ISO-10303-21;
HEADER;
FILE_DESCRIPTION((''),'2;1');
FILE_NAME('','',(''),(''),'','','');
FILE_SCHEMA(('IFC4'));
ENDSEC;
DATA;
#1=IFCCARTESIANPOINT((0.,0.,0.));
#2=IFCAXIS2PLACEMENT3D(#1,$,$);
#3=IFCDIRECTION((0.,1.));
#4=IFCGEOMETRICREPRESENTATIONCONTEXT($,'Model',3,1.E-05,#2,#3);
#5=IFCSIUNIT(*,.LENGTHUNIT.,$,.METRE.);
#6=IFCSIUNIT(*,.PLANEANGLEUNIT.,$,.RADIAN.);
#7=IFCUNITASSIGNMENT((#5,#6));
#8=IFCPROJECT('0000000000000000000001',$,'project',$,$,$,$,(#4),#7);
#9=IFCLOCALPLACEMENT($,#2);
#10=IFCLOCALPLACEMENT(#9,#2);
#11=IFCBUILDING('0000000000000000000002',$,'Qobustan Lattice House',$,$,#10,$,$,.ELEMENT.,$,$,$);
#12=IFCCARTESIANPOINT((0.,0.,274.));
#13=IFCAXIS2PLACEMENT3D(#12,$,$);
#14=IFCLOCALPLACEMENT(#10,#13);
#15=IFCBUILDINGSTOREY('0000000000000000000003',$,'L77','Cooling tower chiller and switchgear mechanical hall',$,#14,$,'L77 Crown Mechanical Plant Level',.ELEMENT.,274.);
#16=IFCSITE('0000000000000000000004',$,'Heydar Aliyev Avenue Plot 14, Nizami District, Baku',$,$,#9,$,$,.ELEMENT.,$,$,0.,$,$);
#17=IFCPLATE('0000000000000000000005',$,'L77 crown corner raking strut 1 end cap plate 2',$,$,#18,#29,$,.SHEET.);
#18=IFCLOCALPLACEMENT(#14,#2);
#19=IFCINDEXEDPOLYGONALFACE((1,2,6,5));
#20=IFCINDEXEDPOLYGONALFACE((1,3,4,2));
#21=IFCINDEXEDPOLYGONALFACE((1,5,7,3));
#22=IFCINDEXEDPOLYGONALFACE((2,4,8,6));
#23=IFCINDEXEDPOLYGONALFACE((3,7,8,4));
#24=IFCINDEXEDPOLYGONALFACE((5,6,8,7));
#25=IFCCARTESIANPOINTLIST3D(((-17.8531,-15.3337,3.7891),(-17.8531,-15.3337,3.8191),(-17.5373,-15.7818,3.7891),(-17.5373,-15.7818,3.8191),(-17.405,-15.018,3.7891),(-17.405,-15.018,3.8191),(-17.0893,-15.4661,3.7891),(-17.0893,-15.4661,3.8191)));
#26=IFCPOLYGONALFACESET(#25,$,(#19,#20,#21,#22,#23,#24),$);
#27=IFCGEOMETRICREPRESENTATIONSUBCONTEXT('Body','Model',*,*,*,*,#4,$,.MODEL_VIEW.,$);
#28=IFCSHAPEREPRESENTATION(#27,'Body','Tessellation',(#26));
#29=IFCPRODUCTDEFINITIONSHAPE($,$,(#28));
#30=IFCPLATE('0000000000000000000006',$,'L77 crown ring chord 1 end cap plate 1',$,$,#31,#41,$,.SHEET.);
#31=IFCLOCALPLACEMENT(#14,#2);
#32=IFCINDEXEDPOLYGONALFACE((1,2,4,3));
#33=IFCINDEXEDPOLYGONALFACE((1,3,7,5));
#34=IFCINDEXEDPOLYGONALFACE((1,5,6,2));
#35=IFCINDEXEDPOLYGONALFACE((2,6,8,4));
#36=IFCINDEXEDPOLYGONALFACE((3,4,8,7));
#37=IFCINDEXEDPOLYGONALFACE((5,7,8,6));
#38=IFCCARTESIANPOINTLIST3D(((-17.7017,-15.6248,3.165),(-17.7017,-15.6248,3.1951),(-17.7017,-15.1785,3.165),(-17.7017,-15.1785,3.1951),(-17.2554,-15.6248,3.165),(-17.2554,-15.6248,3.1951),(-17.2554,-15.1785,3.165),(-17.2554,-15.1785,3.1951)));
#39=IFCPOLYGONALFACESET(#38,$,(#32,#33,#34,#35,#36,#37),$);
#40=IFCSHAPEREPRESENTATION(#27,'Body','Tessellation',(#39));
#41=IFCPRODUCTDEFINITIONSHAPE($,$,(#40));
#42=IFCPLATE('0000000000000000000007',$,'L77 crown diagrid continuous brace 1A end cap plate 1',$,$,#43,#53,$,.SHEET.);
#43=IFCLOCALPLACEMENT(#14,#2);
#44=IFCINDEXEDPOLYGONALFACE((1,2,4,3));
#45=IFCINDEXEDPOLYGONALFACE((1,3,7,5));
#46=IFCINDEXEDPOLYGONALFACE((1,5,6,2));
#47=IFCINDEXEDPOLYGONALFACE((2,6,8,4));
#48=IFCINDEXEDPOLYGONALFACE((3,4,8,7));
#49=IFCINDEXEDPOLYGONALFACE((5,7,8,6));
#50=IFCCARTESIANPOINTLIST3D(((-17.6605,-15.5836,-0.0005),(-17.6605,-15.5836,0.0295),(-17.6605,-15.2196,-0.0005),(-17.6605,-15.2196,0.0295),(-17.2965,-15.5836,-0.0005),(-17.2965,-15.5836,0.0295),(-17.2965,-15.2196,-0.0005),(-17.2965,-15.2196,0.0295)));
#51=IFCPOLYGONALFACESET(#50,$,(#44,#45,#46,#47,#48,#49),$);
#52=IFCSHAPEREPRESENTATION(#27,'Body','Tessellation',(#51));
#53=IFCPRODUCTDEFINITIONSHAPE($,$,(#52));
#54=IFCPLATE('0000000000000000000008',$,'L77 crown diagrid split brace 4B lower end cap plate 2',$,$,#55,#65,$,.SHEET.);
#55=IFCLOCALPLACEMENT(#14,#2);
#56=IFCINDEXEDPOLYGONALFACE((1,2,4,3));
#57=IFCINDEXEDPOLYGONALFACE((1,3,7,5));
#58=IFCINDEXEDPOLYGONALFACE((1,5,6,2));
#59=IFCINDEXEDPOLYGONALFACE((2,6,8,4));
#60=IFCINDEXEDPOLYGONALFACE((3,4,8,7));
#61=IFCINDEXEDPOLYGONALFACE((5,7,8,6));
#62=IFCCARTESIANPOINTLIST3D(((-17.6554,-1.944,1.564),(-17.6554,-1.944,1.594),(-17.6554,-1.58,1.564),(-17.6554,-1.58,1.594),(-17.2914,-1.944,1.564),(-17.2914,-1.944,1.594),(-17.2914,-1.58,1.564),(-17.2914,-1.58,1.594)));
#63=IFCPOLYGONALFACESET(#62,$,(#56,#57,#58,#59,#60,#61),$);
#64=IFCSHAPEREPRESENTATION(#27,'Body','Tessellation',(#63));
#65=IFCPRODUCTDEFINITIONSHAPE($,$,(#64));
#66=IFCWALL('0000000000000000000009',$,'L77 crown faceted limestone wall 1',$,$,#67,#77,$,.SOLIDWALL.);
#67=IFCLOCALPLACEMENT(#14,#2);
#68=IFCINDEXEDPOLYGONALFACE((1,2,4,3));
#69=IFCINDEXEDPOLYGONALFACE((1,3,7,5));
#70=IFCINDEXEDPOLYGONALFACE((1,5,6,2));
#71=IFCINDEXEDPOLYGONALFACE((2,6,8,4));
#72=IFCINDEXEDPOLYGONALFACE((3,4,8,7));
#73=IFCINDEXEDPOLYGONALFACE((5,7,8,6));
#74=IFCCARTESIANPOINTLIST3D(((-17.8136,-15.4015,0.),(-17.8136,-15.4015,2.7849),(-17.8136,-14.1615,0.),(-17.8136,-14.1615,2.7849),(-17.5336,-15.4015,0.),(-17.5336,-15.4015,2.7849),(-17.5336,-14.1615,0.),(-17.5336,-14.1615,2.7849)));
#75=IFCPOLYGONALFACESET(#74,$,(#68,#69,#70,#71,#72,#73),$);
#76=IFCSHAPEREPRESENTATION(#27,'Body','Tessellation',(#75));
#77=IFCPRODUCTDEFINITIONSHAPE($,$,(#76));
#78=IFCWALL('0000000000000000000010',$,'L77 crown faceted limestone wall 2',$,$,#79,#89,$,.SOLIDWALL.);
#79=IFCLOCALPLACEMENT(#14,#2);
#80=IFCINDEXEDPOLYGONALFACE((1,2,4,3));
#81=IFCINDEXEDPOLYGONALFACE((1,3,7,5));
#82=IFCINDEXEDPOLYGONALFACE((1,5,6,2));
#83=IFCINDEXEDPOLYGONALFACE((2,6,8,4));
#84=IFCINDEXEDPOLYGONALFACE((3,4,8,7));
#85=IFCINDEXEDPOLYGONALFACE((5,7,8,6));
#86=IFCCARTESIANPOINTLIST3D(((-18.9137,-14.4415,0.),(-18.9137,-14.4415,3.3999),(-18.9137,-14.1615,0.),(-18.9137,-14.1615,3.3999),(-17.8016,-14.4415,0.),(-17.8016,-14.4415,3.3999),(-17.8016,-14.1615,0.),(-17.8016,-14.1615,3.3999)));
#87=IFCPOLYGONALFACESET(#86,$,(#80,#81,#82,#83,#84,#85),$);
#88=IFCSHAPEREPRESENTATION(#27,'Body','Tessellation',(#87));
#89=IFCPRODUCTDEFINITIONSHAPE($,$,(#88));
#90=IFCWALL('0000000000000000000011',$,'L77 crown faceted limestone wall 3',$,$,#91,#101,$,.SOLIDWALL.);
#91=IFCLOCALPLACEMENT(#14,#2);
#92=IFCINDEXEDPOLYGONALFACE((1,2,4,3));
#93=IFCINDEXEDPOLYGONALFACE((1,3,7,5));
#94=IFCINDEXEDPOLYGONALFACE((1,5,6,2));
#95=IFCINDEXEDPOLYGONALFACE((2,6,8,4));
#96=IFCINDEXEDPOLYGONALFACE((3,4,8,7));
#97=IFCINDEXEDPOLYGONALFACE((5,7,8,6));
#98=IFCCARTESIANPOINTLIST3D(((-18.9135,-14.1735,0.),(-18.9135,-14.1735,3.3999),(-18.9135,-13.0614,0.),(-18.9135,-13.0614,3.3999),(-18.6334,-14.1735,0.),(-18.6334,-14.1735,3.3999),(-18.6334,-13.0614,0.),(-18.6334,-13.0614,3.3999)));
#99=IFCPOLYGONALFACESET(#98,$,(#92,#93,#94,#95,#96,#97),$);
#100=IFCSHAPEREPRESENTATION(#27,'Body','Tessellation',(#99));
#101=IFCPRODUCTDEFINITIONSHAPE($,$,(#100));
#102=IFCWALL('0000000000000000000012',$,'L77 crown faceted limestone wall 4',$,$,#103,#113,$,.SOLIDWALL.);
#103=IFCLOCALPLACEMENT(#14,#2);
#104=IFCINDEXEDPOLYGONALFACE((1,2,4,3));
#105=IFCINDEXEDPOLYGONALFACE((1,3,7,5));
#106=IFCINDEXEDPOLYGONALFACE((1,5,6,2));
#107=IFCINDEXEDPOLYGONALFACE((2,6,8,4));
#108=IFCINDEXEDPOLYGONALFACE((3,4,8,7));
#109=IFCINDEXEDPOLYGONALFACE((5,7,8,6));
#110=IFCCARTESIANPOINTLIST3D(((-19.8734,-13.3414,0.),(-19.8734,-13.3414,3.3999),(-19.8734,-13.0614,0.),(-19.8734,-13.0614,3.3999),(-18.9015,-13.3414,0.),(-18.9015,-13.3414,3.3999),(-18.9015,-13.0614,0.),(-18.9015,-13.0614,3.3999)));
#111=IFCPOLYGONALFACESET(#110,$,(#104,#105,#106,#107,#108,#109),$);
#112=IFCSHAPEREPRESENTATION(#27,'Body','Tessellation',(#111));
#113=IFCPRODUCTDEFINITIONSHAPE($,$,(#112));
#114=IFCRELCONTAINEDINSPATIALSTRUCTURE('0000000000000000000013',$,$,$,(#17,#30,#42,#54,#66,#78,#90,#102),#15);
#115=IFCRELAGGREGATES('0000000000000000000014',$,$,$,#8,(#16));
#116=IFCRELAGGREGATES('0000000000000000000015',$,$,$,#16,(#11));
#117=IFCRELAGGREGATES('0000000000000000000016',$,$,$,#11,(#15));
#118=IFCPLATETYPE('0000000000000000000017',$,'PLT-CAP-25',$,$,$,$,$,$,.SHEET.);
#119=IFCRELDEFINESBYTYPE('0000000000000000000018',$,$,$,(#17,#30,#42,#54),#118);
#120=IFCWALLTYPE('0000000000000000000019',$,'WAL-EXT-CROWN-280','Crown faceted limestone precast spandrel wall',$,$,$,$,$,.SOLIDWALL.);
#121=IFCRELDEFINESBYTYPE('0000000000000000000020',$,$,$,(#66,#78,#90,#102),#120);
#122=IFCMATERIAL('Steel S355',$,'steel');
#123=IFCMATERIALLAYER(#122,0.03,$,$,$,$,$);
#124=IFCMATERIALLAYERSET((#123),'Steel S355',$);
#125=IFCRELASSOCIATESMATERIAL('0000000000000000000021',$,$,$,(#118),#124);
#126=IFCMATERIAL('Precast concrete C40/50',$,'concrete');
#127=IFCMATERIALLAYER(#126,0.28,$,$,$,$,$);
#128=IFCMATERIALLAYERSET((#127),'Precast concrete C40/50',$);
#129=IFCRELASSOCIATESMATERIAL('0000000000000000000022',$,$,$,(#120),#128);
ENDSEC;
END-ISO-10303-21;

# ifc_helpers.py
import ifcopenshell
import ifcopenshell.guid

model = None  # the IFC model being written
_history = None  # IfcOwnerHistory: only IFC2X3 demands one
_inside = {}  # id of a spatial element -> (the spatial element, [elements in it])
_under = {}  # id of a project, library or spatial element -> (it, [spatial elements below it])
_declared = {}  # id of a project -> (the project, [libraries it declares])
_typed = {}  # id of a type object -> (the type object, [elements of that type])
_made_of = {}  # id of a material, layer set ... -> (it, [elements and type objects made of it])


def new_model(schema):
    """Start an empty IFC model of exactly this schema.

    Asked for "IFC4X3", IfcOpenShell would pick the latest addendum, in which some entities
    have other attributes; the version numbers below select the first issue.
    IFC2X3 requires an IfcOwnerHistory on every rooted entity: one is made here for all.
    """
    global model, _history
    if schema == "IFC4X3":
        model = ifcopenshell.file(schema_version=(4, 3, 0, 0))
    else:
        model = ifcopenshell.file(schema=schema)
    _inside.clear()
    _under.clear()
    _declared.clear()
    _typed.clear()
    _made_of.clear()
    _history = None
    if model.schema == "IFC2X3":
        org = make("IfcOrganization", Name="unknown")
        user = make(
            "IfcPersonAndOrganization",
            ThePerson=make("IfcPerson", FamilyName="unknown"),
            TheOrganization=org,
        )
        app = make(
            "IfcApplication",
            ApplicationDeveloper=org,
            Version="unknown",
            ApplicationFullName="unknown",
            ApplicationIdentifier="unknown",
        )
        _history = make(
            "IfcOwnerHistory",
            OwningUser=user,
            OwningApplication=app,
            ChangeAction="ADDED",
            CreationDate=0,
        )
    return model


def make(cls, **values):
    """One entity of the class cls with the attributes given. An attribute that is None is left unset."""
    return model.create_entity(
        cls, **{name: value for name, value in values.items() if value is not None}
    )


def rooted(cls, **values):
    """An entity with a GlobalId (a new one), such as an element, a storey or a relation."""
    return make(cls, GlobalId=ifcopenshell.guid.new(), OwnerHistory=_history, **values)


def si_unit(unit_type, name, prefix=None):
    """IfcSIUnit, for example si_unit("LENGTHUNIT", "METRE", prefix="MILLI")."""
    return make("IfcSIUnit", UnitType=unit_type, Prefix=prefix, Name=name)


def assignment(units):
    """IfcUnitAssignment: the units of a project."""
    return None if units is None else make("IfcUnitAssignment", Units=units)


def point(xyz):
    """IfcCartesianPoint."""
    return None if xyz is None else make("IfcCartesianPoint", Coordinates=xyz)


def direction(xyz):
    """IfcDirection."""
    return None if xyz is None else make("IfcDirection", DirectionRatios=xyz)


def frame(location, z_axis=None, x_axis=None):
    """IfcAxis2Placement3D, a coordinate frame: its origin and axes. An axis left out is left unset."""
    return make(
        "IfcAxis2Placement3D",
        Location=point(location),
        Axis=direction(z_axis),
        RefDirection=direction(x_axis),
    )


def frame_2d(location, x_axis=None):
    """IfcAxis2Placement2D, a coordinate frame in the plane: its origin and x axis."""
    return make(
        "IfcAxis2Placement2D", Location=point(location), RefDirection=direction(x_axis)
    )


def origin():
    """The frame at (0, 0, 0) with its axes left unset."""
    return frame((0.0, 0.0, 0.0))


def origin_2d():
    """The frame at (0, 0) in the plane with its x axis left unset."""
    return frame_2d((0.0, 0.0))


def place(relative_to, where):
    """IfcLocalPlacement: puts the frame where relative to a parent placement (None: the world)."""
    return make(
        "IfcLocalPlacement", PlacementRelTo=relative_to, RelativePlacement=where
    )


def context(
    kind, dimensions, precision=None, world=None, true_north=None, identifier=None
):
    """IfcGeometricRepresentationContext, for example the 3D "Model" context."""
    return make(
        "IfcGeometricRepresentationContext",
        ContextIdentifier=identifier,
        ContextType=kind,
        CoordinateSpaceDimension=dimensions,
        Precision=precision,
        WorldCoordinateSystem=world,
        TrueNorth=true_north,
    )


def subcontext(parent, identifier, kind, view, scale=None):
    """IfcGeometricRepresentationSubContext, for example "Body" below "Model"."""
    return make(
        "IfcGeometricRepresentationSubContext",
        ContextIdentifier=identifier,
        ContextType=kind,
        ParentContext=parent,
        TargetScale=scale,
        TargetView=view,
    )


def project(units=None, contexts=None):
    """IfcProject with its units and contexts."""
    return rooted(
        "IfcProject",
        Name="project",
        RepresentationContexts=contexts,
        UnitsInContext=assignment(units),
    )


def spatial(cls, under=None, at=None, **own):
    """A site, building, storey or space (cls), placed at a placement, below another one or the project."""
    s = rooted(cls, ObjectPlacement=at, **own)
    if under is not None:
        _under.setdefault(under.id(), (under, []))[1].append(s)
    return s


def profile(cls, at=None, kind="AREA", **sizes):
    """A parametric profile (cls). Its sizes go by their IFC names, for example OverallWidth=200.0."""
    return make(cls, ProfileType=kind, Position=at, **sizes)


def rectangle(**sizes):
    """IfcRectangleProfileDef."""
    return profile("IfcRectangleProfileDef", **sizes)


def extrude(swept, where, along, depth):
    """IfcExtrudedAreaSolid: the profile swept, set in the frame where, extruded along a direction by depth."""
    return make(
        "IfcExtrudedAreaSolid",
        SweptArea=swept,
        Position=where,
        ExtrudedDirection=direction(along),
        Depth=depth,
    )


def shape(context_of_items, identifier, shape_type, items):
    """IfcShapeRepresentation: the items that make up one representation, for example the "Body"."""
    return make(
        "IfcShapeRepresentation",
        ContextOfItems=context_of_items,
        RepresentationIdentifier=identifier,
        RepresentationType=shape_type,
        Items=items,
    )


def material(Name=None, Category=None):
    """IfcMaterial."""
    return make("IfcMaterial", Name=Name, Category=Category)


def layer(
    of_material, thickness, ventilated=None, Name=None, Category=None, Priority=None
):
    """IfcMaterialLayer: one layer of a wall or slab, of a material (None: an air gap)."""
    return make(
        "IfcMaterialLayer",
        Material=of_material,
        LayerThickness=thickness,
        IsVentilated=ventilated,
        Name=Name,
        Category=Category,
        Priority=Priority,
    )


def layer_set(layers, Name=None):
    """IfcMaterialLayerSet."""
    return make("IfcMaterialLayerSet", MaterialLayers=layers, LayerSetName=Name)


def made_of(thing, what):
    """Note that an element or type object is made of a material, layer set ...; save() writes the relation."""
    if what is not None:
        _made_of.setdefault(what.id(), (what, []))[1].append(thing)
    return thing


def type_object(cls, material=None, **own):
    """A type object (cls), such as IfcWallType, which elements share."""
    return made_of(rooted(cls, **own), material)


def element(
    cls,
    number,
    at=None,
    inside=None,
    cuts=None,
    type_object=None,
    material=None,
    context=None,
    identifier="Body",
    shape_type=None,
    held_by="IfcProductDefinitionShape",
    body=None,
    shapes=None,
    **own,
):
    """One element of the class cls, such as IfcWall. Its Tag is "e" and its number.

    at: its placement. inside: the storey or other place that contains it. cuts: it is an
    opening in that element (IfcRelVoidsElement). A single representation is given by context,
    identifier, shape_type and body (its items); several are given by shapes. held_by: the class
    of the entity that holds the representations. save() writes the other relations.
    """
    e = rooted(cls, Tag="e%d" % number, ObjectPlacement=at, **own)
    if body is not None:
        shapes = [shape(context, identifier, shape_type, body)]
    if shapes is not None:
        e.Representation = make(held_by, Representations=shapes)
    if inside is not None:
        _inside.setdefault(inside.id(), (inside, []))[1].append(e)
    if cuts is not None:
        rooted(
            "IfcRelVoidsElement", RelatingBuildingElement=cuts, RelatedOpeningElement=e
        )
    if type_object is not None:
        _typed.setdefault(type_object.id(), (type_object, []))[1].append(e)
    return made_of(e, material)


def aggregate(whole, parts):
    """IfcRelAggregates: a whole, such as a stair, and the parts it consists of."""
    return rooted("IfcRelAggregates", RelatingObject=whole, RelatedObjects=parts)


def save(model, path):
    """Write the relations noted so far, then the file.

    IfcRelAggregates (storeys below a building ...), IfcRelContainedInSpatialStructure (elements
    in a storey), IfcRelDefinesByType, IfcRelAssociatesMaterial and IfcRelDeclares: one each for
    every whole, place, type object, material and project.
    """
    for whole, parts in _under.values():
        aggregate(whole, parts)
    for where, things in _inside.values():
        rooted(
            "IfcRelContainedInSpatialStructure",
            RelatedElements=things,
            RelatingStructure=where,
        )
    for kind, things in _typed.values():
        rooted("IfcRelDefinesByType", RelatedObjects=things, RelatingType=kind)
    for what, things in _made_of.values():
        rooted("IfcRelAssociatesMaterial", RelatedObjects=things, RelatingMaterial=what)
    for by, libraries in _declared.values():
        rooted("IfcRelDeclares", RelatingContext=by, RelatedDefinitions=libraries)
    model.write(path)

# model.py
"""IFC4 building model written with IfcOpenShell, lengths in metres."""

from ifc_helpers import new_model, si_unit, direction, frame, frame_2d, origin, origin_2d, place, context, subcontext, project, spatial, rectangle, extrude, material, layer, layer_set, type_object, element, save


model = new_model("IFC4")

# Units and contexts
model_context = context("Model", 3, precision=1e-05, world=origin(), true_north=direction((0.0, 1.0)))
body_context = subcontext(model_context, "Body", "Model", "MODEL_VIEW")
ifc_project = project(units=[si_unit("LENGTHUNIT", "METRE"), si_unit("PLANEANGLEUNIT", "RADIAN")], contexts=[model_context])

# Site, building, storey
site_placement = place(None, origin())
site = spatial("IfcSite", under=ifc_project, at=site_placement, Name="Heydar Aliyev Avenue Plot 14, Nizami District, Baku", CompositionType="ELEMENT", RefElevation=0.0)
building_placement = place(site_placement, origin())
building = spatial("IfcBuilding", under=site, at=building_placement, Name="Qobustan Lattice House", CompositionType="ELEMENT")
storey_placement = place(building_placement, frame((0.0, 0.0, 274.0)))
storey = spatial("IfcBuildingStorey", under=building, at=storey_placement, Name="L77", Description="Cooling tower chiller and switchgear mechanical hall", LongName="L77 Crown Mechanical Plant Level", CompositionType="ELEMENT", Elevation=274.0)

# Plates
ifc_material_1 = material(Name="Steel S355", Category="steel")
ifc_layer_1 = layer(ifc_material_1, 0.03)
ifc_layer_set_1 = layer_set([ifc_layer_1], Name="Steel S355")
plate_type_1 = type_object("IfcPlateType", Name="PLT-CAP-25", PredefinedType="SHEET", material=ifc_layer_set_1)
for number, where, z_axis, x_axis, name in (
    (1, (-17.4712, -15.3999, 3.7891), (0.0, 0.0, 1.0), (0.817426, 0.576033, 0.0), "L77 crown corner raking strut 1 end cap plate 2"),
):
    element("IfcPlate", number, at=place(storey_placement, frame(where, z_axis=z_axis, x_axis=x_axis)), inside=storey, type_object=plate_type_1, Name=name, PredefinedType="SHEET", context=body_context, shape_type="SweptSolid", body=[
        extrude(rectangle(XDim=0.5481, YDim=0.5481, at=origin_2d()), origin(), (0.0, 0.0, 1.0), 0.03),
    ])
plate_1_placement = place(storey_placement, frame((-17.4785, -15.4016, 3.165), z_axis=(0.0, 0.0, 1.0), x_axis=(1.0, 0.0, 0.0)))
element("IfcPlate", 2, at=plate_1_placement, inside=storey, type_object=plate_type_1, Name="L77 crown ring chord 1 end cap plate 1", PredefinedType="SHEET", context=body_context, shape_type="SweptSolid", body=[
    extrude(rectangle(XDim=0.4463, YDim=0.4463, at=origin_2d()), origin(), (0.0, 0.0, 1.0), 0.03),
])
for number, where, z_axis, x_axis, name in (
    (3, (-17.4785, -15.4016, -0.0005), (0.0, 0.0, 1.0), (1.0, 0.0, 0.0), "L77 crown diagrid continuous brace 1A end cap plate 1"),
    (4, (-17.4734, -1.762, 1.564), (0.0, 0.0, 1.0), (0.0, 1.0, 0.0), "L77 crown diagrid split brace 4B lower end cap plate 2"),
):
    element("IfcPlate", number, at=place(storey_placement, frame(where, z_axis=z_axis, x_axis=x_axis)), inside=storey, type_object=plate_type_1, Name=name, PredefinedType="SHEET", context=body_context, shape_type="SweptSolid", body=[
        extrude(rectangle(XDim=0.364, YDim=0.364, at=origin_2d()), origin(), (0.0, 0.0, 1.0), 0.03),
    ])

# Walls
ifc_material_2 = material(Name="Precast concrete C40/50", Category="concrete")
ifc_layer_2 = layer(ifc_material_2, 0.28)
ifc_layer_set_2 = layer_set([ifc_layer_2], Name="Precast concrete C40/50")
wall_type = type_object("IfcWallType", Name="WAL-EXT-CROWN-280", Description="Crown faceted limestone precast spandrel wall", PredefinedType="SOLIDWALL", material=ifc_layer_set_2)
wall_1_placement = place(storey_placement, frame((-17.6736, -15.4016, 0.0), z_axis=(0.0, 0.0, 1.0), x_axis=(0.0, 1.0, 0.0)))
element("IfcWall", 5, at=wall_1_placement, inside=storey, type_object=wall_type, Name="L77 crown faceted limestone wall 1", PredefinedType="SOLIDWALL", context=body_context, shape_type="SweptSolid", body=[
    extrude(rectangle(XDim=1.24, YDim=0.28, at=frame_2d((0.6201, 0.0))), origin(), (0.0, 0.0, 1.0), 2.7849),
])
for number, where, z_axis, x_axis, name in (
    (6, (-17.8015, -14.3015, 0.0), (0.0, 0.0, 1.0), (-1.0, 0.0, 0.0), "L77 crown faceted limestone wall 2"),
    (7, (-18.7734, -14.1736, 0.0), (0.0, 0.0, 1.0), (0.0, 1.0, 0.0), "L77 crown faceted limestone wall 3"),
):
    element("IfcWall", number, at=place(storey_placement, frame(where, z_axis=z_axis, x_axis=x_axis)), inside=storey, type_object=wall_type, Name=name, PredefinedType="SOLIDWALL", context=body_context, shape_type="SweptSolid", body=[
        extrude(rectangle(XDim=1.1121, YDim=0.28, at=frame_2d((0.5562, 0.0))), origin(), (0.0, 0.0, 1.0), 3.3999),
    ])
wall_2_placement = place(storey_placement, frame((-18.9016, -13.2014, 0.0), z_axis=(0.0, 0.0, 1.0), x_axis=(-1.0, 0.0, 0.0)))
element("IfcWall", 8, at=wall_2_placement, inside=storey, type_object=wall_type, Name="L77 crown faceted limestone wall 4", PredefinedType="SOLIDWALL", context=body_context, shape_type="SweptSolid", body=[
    extrude(rectangle(XDim=0.9719, YDim=0.28, at=frame_2d((0.4858, 0.0))), origin(), (0.0, 0.0, 1.0), 3.3999),
])

save(model, "model.ifc")
